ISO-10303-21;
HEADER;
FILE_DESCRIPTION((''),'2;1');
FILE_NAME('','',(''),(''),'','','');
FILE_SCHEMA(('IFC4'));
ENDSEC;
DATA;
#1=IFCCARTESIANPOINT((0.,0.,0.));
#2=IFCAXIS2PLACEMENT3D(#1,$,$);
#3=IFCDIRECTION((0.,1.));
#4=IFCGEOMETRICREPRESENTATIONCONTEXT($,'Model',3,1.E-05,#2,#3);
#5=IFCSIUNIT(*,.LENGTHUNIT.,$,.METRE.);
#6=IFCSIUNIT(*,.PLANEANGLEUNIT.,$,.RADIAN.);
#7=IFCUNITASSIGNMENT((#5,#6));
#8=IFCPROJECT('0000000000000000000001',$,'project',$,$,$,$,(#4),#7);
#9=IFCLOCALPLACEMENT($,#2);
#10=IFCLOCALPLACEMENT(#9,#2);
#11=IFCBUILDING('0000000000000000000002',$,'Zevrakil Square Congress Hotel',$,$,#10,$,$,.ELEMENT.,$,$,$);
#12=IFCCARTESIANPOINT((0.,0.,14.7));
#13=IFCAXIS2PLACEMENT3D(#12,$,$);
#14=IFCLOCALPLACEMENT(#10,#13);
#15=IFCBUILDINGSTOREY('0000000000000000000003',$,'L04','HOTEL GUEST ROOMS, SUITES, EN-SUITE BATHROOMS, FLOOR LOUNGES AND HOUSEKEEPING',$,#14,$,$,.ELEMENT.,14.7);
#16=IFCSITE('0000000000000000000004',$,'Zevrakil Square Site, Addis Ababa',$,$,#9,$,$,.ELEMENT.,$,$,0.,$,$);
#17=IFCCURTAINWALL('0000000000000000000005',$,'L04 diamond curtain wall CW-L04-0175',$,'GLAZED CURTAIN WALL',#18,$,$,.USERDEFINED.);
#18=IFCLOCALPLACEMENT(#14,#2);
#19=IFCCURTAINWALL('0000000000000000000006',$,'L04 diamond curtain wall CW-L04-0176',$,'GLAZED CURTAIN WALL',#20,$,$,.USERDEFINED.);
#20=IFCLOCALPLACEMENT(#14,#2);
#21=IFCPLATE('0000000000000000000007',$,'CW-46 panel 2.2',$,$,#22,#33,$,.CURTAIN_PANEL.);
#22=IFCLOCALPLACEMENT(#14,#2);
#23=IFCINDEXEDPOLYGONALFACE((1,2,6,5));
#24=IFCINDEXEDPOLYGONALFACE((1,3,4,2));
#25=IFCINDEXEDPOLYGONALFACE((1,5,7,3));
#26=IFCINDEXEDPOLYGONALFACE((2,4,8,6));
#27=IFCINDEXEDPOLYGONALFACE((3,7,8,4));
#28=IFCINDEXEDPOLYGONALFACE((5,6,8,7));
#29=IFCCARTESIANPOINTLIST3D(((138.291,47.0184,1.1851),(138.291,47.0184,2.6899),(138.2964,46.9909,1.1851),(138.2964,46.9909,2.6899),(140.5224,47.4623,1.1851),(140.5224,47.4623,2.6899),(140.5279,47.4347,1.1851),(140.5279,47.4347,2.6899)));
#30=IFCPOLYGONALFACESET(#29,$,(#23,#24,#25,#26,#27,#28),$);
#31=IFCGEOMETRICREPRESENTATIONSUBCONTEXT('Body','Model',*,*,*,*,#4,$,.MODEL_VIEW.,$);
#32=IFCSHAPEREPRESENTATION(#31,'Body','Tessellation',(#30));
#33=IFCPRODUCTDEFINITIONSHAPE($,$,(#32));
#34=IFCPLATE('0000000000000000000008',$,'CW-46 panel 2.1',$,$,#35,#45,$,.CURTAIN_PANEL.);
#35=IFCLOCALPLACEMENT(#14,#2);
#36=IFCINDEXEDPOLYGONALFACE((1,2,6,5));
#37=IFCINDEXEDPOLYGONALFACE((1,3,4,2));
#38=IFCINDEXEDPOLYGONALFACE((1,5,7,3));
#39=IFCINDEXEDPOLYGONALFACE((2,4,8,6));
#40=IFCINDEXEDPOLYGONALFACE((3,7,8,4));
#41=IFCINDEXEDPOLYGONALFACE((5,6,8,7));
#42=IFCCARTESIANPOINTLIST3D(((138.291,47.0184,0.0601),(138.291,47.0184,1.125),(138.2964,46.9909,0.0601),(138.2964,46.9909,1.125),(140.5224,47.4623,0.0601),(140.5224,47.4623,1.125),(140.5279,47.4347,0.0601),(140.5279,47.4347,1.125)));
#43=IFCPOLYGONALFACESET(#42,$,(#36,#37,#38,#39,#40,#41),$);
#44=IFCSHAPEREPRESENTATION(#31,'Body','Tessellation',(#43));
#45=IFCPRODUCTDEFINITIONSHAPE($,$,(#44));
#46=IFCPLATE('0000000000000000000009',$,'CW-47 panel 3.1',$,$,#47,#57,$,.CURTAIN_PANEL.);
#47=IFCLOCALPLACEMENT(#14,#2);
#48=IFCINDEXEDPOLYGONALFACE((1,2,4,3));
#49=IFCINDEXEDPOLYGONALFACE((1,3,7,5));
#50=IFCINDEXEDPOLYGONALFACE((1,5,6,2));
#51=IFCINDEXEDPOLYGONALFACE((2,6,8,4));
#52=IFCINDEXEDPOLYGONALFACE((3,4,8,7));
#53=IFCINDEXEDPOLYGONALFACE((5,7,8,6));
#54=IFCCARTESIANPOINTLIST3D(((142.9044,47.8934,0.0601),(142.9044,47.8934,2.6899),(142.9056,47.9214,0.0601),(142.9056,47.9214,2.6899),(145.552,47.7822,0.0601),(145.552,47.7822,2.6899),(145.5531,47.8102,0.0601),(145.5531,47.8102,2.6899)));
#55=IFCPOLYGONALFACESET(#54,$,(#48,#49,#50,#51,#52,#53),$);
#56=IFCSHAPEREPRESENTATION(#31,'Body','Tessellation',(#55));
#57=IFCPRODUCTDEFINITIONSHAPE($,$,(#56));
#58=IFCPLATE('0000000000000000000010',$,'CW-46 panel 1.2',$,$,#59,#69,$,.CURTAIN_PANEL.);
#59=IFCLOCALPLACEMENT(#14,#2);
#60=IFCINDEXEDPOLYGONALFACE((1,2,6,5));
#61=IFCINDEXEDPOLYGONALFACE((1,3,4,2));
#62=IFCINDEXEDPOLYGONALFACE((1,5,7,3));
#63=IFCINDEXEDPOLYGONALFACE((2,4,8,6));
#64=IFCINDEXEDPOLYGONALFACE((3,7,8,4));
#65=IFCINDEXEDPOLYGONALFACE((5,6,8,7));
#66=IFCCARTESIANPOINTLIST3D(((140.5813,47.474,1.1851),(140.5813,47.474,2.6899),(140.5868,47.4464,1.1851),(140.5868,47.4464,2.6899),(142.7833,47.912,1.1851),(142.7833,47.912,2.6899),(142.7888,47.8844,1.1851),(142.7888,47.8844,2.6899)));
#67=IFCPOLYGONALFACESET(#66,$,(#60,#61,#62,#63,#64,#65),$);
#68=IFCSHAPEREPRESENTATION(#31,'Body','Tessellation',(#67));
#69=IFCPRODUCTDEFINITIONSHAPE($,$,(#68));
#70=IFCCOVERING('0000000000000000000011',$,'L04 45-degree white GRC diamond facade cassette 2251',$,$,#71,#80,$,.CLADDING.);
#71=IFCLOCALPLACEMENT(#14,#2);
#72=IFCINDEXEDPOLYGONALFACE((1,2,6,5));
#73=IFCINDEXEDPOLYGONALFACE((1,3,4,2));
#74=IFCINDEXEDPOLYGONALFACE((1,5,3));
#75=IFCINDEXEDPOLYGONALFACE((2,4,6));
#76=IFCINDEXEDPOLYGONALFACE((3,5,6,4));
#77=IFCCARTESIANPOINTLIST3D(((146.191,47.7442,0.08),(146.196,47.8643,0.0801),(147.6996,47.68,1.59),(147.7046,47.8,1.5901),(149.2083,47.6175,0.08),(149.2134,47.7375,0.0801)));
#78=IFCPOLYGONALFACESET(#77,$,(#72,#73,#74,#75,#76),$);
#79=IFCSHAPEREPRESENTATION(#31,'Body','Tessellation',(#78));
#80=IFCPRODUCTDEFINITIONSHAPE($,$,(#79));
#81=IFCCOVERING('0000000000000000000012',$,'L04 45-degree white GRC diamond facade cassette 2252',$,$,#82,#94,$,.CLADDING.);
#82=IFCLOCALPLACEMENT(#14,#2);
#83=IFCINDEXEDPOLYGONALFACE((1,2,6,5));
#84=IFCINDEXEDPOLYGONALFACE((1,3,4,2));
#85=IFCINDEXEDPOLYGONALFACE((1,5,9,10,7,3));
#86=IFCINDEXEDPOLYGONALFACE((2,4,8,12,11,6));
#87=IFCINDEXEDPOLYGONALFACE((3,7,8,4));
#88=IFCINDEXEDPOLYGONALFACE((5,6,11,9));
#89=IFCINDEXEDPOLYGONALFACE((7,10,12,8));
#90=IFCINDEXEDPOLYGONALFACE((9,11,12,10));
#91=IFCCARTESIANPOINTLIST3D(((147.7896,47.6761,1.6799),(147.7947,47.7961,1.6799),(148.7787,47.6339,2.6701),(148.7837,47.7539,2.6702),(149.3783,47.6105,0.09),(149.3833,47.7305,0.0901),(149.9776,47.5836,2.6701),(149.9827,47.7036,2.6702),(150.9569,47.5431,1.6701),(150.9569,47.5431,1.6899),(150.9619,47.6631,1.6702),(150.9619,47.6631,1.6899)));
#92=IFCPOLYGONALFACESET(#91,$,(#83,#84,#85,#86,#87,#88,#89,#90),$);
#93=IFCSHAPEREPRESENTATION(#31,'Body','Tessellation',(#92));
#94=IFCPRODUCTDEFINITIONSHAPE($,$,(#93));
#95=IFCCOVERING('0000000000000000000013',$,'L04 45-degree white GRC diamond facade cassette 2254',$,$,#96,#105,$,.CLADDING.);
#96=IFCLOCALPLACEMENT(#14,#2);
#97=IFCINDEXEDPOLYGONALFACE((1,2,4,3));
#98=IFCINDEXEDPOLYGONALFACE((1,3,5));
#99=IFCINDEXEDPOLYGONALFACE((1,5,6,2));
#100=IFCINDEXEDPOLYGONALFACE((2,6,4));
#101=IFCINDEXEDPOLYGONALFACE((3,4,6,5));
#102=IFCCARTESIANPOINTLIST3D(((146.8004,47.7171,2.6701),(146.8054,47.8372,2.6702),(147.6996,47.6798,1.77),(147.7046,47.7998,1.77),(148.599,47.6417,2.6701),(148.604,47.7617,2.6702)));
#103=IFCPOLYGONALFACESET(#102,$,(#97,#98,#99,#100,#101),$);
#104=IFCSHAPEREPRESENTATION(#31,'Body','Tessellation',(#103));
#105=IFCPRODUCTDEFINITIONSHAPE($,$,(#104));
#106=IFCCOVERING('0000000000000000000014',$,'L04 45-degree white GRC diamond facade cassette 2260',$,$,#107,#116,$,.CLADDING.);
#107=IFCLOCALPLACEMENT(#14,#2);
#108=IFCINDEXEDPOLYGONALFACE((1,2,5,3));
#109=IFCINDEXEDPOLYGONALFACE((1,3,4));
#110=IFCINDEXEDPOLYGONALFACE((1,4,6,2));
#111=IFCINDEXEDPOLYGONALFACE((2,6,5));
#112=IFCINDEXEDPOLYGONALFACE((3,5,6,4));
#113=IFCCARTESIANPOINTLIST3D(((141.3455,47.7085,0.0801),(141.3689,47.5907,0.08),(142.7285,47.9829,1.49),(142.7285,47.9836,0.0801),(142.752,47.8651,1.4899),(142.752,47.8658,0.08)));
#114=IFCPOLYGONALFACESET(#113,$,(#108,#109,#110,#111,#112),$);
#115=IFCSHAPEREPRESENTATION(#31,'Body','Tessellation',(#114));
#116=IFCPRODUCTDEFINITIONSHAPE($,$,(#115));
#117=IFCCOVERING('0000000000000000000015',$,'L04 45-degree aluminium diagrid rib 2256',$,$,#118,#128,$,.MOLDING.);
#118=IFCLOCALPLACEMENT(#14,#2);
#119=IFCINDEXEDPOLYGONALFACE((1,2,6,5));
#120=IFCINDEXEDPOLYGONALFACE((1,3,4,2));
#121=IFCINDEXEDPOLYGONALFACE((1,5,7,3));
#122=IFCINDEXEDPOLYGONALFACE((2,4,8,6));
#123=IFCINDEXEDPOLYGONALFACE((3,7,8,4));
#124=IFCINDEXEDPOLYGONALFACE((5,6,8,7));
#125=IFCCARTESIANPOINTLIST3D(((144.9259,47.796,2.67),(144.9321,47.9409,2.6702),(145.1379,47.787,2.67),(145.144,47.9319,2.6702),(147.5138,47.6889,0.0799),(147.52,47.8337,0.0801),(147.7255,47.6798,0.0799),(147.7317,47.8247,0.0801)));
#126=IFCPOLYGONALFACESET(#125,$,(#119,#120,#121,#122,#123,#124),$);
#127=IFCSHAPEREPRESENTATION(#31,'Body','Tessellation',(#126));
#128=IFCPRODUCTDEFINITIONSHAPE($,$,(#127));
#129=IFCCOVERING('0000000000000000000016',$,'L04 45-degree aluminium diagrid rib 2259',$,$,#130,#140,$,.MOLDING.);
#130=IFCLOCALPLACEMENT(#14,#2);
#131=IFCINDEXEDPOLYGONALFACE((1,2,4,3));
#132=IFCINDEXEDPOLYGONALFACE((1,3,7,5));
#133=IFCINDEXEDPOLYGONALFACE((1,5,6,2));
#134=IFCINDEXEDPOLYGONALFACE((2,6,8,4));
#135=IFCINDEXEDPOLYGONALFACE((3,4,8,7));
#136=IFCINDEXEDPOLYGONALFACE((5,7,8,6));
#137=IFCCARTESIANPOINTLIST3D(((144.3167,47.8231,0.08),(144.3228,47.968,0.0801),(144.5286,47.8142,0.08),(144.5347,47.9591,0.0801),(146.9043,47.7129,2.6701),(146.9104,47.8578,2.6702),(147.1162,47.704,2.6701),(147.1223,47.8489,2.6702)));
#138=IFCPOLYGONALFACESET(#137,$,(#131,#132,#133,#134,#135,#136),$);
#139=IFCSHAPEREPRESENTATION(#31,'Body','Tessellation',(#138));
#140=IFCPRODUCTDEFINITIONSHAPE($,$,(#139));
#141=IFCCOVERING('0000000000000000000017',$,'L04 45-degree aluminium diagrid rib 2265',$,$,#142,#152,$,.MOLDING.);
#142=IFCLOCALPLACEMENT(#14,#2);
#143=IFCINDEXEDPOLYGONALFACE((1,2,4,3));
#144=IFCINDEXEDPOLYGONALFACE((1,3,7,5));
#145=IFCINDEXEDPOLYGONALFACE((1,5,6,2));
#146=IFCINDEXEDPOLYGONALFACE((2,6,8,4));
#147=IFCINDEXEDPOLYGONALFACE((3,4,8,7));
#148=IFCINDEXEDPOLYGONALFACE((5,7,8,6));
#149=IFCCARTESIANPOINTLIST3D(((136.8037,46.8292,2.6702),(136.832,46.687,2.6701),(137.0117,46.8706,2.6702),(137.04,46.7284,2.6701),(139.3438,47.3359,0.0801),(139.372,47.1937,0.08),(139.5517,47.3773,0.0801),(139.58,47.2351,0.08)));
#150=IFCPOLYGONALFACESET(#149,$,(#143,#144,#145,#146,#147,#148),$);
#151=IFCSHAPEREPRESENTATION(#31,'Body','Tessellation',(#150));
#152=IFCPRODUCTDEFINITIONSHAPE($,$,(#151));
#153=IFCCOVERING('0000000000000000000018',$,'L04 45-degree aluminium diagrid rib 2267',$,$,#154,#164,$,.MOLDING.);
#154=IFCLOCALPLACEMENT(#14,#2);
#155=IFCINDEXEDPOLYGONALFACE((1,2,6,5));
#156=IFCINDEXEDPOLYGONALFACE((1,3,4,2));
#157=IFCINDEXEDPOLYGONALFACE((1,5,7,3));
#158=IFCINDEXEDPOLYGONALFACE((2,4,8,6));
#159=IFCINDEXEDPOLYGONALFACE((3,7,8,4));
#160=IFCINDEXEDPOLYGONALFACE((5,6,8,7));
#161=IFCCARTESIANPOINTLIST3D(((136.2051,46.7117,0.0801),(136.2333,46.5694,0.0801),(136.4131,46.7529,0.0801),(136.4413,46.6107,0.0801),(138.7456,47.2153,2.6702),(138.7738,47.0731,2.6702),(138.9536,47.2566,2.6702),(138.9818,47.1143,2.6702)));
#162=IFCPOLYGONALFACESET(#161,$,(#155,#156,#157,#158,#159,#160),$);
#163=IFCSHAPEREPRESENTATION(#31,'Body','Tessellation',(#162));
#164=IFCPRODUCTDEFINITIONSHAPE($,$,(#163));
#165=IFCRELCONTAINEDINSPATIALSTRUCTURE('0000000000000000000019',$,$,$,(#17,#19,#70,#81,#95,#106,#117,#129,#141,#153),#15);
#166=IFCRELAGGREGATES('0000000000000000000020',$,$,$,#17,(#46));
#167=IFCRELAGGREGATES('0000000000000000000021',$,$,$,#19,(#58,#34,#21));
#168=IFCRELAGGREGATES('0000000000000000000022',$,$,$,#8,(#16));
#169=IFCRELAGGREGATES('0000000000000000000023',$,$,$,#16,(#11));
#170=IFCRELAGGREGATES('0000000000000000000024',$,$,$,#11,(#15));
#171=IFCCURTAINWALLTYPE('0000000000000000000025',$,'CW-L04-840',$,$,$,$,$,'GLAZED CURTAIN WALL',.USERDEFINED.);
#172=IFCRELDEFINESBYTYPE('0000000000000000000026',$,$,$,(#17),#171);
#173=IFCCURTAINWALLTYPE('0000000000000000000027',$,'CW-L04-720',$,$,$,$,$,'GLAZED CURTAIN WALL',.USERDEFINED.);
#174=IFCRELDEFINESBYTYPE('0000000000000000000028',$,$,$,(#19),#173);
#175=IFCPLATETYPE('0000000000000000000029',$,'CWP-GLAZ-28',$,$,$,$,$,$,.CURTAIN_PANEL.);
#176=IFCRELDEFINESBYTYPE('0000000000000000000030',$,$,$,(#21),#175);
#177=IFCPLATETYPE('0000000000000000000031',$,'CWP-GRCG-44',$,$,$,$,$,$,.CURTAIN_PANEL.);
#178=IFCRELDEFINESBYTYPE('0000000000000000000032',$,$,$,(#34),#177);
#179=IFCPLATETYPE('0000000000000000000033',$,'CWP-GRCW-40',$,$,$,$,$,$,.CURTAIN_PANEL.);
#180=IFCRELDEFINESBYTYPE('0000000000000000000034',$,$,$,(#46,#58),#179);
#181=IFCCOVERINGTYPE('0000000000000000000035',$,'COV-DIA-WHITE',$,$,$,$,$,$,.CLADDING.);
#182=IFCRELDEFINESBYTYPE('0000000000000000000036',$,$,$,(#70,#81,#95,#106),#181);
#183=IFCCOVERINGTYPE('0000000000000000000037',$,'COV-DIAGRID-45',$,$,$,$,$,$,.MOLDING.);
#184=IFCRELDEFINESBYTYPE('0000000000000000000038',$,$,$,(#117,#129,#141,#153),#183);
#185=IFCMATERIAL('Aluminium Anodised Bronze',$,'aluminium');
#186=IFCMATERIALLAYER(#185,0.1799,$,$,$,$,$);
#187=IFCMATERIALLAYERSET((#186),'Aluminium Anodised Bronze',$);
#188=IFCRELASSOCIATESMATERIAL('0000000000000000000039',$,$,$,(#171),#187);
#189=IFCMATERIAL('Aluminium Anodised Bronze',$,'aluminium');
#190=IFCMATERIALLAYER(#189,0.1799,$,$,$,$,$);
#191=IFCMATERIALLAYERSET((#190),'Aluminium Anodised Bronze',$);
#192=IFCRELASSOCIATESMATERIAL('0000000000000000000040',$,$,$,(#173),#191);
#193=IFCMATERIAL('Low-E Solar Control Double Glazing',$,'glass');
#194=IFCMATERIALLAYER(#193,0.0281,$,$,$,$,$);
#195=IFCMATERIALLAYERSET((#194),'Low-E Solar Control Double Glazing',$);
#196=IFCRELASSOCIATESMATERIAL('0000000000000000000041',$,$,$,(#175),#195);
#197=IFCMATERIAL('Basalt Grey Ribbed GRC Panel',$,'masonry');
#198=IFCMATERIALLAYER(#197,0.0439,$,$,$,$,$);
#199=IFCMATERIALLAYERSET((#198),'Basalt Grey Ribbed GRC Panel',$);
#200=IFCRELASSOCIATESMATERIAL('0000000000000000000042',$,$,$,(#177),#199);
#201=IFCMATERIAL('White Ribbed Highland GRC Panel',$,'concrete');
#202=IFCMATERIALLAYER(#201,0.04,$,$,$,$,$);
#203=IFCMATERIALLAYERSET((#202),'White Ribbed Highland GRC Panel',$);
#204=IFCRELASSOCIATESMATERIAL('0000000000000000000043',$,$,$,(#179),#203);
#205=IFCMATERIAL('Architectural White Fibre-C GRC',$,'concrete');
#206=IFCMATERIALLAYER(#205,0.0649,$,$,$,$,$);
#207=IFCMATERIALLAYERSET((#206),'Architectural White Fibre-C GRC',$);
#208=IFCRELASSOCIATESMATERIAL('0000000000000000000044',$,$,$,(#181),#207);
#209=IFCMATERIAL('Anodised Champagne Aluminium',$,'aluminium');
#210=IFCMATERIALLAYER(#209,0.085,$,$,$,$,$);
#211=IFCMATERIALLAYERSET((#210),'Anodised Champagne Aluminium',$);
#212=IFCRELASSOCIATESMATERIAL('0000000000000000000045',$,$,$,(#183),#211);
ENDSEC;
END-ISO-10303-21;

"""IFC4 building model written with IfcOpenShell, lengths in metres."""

from ifc_helpers import new_model, si_unit, direction, frame, origin, origin_2d, place, context, subcontext, project, spatial, polyline, rectangle, outline, extrude, material, layer, layer_set, type_object, element, aggregate, save


model = new_model("IFC4")

# Units and contexts
model_context = context("Model", 3, precision=1e-05, world=origin(), true_north=direction((0.0, 1.0)))
body_context = subcontext(model_context, "Body", "Model", "MODEL_VIEW")
ifc_project = project(units=[si_unit("LENGTHUNIT", "METRE"), si_unit("PLANEANGLEUNIT", "RADIAN")], contexts=[model_context])

# Site, building, storey
site_placement = place(None, origin())
site = spatial("IfcSite", under=ifc_project, at=site_placement, Name="Zevrakil Square Site, Addis Ababa", CompositionType="ELEMENT", RefElevation=0.0)
building_placement = place(site_placement, origin())
building = spatial("IfcBuilding", under=site, at=building_placement, Name="Zevrakil Square Congress Hotel", CompositionType="ELEMENT")
storey_placement = place(building_placement, frame((0.0, 0.0, 14.7)))
storey = spatial("IfcBuildingStorey", under=building, at=storey_placement, Name="L04", Description="HOTEL GUEST ROOMS, SUITES, EN-SUITE BATHROOMS, FLOOR LOUNGES AND HOUSEKEEPING", CompositionType="ELEMENT", Elevation=14.7)

# Curtain walls
ifc_material_1 = material(Name="Aluminium Anodised Bronze", Category="aluminium")
ifc_layer_1 = layer(ifc_material_1, 0.1799)
ifc_layer_set_1 = layer_set([ifc_layer_1], Name="Aluminium Anodised Bronze")
curtain_wall_type_1 = type_object("IfcCurtainWallType", Name="CW-L04-840", ElementType="GLAZED CURTAIN WALL", PredefinedType="USERDEFINED", material=ifc_layer_set_1)
curtain_wall_1_placement = place(storey_placement, origin())
curtain_wall_1 = element("IfcCurtainWall", 1, at=curtain_wall_1_placement, inside=storey, type_object=curtain_wall_type_1, Name="L04 diamond curtain wall CW-L04-0175", ObjectType="GLAZED CURTAIN WALL", PredefinedType="USERDEFINED")
ifc_material_2 = material(Name="Aluminium Anodised Bronze", Category="aluminium")
ifc_layer_2 = layer(ifc_material_2, 0.1799)
ifc_layer_set_2 = layer_set([ifc_layer_2], Name="Aluminium Anodised Bronze")
curtain_wall_type_2 = type_object("IfcCurtainWallType", Name="CW-L04-720", ElementType="GLAZED CURTAIN WALL", PredefinedType="USERDEFINED", material=ifc_layer_set_2)
curtain_wall_2_placement = place(storey_placement, origin())
curtain_wall_2 = element("IfcCurtainWall", 2, at=curtain_wall_2_placement, inside=storey, type_object=curtain_wall_type_2, Name="L04 diamond curtain wall CW-L04-0176", ObjectType="GLAZED CURTAIN WALL", PredefinedType="USERDEFINED")

# Plates
ifc_material_3 = material(Name="Low-E Solar Control Double Glazing", Category="glass")
ifc_layer_3 = layer(ifc_material_3, 0.0281)
ifc_layer_set_3 = layer_set([ifc_layer_3], Name="Low-E Solar Control Double Glazing")
plate_type_1 = type_object("IfcPlateType", Name="CWP-GLAZ-28", PredefinedType="CURTAIN_PANEL", material=ifc_layer_set_3)
plate_1_placement = place(storey_placement, frame((139.4094, 47.2266, 1.1851), z_axis=(0.0, 0.0, 1.0), x_axis=(-0.980787, -0.195084, 0.0)))
plate_1 = element("IfcPlate", 3, at=plate_1_placement, type_object=plate_type_1, Name="CW-46 panel 2.2", PredefinedType="CURTAIN_PANEL", context=body_context, shape_type="SweptSolid", body=[
    extrude(rectangle(XDim=2.2751, YDim=0.0281, at=origin_2d()), origin(), (0.0, 0.0, 1.0), 1.5049),
])
ifc_material_4 = material(Name="Basalt Grey Ribbed GRC Panel", Category="masonry")
ifc_layer_4 = layer(ifc_material_4, 0.0439)
ifc_layer_set_4 = layer_set([ifc_layer_4], Name="Basalt Grey Ribbed GRC Panel")
plate_type_2 = type_object("IfcPlateType", Name="CWP-GRCG-44", PredefinedType="CURTAIN_PANEL", material=ifc_layer_set_4)
plate_2_placement = place(storey_placement, frame((139.4094, 47.2266, 0.0601), z_axis=(0.0, 0.0, 1.0), x_axis=(-0.980787, -0.195084, 0.0)))
plate_2 = element("IfcPlate", 4, at=plate_2_placement, type_object=plate_type_2, Name="CW-46 panel 2.1", PredefinedType="CURTAIN_PANEL", context=body_context, shape_type="SweptSolid", body=[
    extrude(rectangle(XDim=2.2751, YDim=0.0281, at=origin_2d()), origin(), (0.0, 0.0, 1.0), 1.0649),
])
ifc_material_5 = material(Name="White Ribbed Highland GRC Panel", Category="concrete")
ifc_layer_5 = layer(ifc_material_5, 0.04)
ifc_layer_set_5 = layer_set([ifc_layer_5], Name="White Ribbed Highland GRC Panel")
plate_type_3 = type_object("IfcPlateType", Name="CWP-GRCW-40", PredefinedType="CURTAIN_PANEL", material=ifc_layer_set_5)
plate_3_placement = place(storey_placement, frame((144.2288, 47.8518, 0.0601), z_axis=(0.0, 0.0, 1.0), x_axis=(-0.999119, 0.041971, 0.0)))
plate_3 = element("IfcPlate", 5, at=plate_3_placement, type_object=plate_type_3, Name="CW-47 panel 3.1", PredefinedType="CURTAIN_PANEL", context=body_context, shape_type="SweptSolid", body=[
    extrude(rectangle(XDim=2.6499, YDim=0.0281, at=origin_2d()), origin(), (0.0, 0.0, 1.0), 2.6299),
])
aggregate(curtain_wall_1, [plate_3])
plate_4_placement = place(storey_placement, frame((141.6851, 47.6792, 1.1851), z_axis=(0.0, 0.0, 1.0), x_axis=(-0.980787, -0.195084, 0.0)))
plate_4 = element("IfcPlate", 6, at=plate_4_placement, type_object=plate_type_3, Name="CW-46 panel 1.2", PredefinedType="CURTAIN_PANEL", context=body_context, shape_type="SweptSolid", body=[
    extrude(rectangle(XDim=2.2451, YDim=0.0281, at=origin_2d()), origin(), (0.0, 0.0, 1.0), 1.5049),
])
aggregate(curtain_wall_2, [plate_4, plate_2, plate_1])

# Coverings
ifc_material_6 = material(Name="Architectural White Fibre-C GRC", Category="concrete")
ifc_layer_6 = layer(ifc_material_6, 0.0649)
ifc_layer_set_6 = layer_set([ifc_layer_6], Name="Architectural White Fibre-C GRC")
covering_type_1 = type_object("IfcCoveringType", Name="COV-DIA-WHITE", PredefinedType="CLADDING", material=ifc_layer_set_6)
covering_1_placement = place(storey_placement, frame((147.7046, 47.8, 1.5901), z_axis=(0.041957, 0.999119, 0.000569), x_axis=(-0.706444, 0.030069, -0.70713)))
element("IfcCovering", 7, at=covering_1_placement, inside=storey, type_object=covering_type_1, Name="L04 45-degree white GRC diamond facade cassette 2251", PredefinedType="CLADDING", context=body_context, shape_type="SweptSolid", body=[
    extrude(outline(polyline([(0.0, 0.0), (2.1354, 0.0), (0.0, -2.1355), (0.0, 0.0)])), origin(), (0.0, 0.0, -1.0), 0.1201),
])
covering_2_placement = place(storey_placement, frame((147.7947, 47.7961, 1.6799), z_axis=(0.041966, 0.999119, 0.000661), x_axis=(0.706534, -0.029209, -0.707076)))
element("IfcCovering", 8, at=covering_2_placement, inside=storey, type_object=covering_type_1, Name="L04 45-degree white GRC diamond facade cassette 2252", PredefinedType="CLADDING", context=body_context, shape_type="SweptSolid", body=[
    extrude(outline(polyline([(0.0, 0.0), (2.2485, 0.0), (2.2486, -2.2345), (2.2346, -2.2485), (0.8484, -2.2487), (-0.0002, -1.4002), (0.0, 0.0)])), origin(), (0.0, 0.0, -1.0), 0.1201),
])
covering_3_placement = place(storey_placement, frame((147.7046, 47.7998, 1.77), z_axis=(0.041907, 0.999121, 0.000401), x_axis=(0.706503, -0.029917, 0.707078)))
element("IfcCovering", 9, at=covering_3_placement, inside=storey, type_object=covering_type_1, Name="L04 45-degree white GRC diamond facade cassette 2254", PredefinedType="CLADDING", context=body_context, shape_type="SweptSolid", body=[
    extrude(outline(polyline([(0.0, 0.0), (1.2731, 0.0), (0.0001, -1.2729), (0.0, 0.0)])), origin(), (0.0, 0.0, -1.0), 0.1201),
])
covering_4_placement = place(storey_placement, frame((141.3455, 47.7085, 0.0801), z_axis=(-0.195117, 0.98078, 0.000509), x_axis=(0.98078, 0.195117, 0.0)))
element("IfcCovering", 10, at=covering_4_placement, inside=storey, type_object=covering_type_1, Name="L04 45-degree white GRC diamond facade cassette 2260", PredefinedType="CLADDING", context=body_context, shape_type="SweptSolid", body=[
    extrude(outline(polyline([(0.0, 0.0), (1.4102, 0.0), (1.41, -1.4099), (0.0, 0.0)])), origin(), (0.0, 0.0, -1.0), 0.1201),
])
ifc_material_7 = material(Name="Anodised Champagne Aluminium", Category="aluminium")
ifc_layer_7 = layer(ifc_material_7, 0.085)
ifc_layer_set_7 = layer_set([ifc_layer_7], Name="Anodised Champagne Aluminium")
covering_type_2 = type_object("IfcCoveringType", Name="COV-DIAGRID-45", PredefinedType="MOLDING", material=ifc_layer_set_7)
covering_5_placement = place(storey_placement, frame((147.52, 47.8337, 0.0801), z_axis=(0.042613, 0.999091, 0.001232), x_axis=(0.999092, -0.042613, 0.0)))
element("IfcCovering", 11, at=covering_5_placement, inside=storey, type_object=covering_type_2, Name="L04 45-degree aluminium diagrid rib 2256", PredefinedType="MOLDING", context=body_context, shape_type="SweptSolid", body=[
    extrude(outline(polyline([(0.0, 0.0), (0.2119, 0.0), (-2.378, -2.5901), (-2.5901, -2.5901), (0.0, 0.0)])), origin(), (0.0, 0.0, -1.0), 0.145),
])
covering_6_placement = place(storey_placement, frame((147.1223, 47.8489, 2.6702), z_axis=(0.042014, 0.999117, 0.000547), x_axis=(-0.999117, 0.042014, 0.0)))
element("IfcCovering", 12, at=covering_6_placement, inside=storey, type_object=covering_type_2, Name="L04 45-degree aluminium diagrid rib 2259", PredefinedType="MOLDING", context=body_context, shape_type="SweptSolid", body=[
    extrude(outline(polyline([(0.0, 0.0), (0.2121, 0.0), (2.8021, -2.5901), (2.59, -2.5901), (0.0, 0.0)])), origin(), (0.0, 0.0, -1.0), 0.145),
])
covering_7_placement = place(storey_placement, frame((139.3438, 47.3359, 0.0801), z_axis=(-0.19512, 0.980779, 0.000526), x_axis=(0.980779, 0.19512, 0.0)))
element("IfcCovering", 13, at=covering_7_placement, inside=storey, type_object=covering_type_2, Name="L04 45-degree aluminium diagrid rib 2265", PredefinedType="MOLDING", context=body_context, shape_type="SweptSolid", body=[
    extrude(outline(polyline([(0.0, 0.0), (0.2121, 0.0), (-2.378, -2.5901), (-2.5901, -2.5901), (0.0, 0.0)])), origin(), (0.0, 0.0, -1.0), 0.145),
])
covering_8_placement = place(storey_placement, frame((138.9536, 47.2566, 2.6702), z_axis=(-0.194566, 0.980889, 0.000102), x_axis=(-0.980889, -0.194566, 0.0)))
element("IfcCovering", 14, at=covering_8_placement, inside=storey, type_object=covering_type_2, Name="L04 45-degree aluminium diagrid rib 2267", PredefinedType="MOLDING", context=body_context, shape_type="SweptSolid", body=[
    extrude(outline(polyline([(0.0, 0.0), (0.2121, 0.0), (2.802, -2.5901), (2.59, -2.5901), (0.0, 0.0)])), origin(), (0.0, 0.0, -1.0), 0.145),
])

save(model, "model.ifc")
